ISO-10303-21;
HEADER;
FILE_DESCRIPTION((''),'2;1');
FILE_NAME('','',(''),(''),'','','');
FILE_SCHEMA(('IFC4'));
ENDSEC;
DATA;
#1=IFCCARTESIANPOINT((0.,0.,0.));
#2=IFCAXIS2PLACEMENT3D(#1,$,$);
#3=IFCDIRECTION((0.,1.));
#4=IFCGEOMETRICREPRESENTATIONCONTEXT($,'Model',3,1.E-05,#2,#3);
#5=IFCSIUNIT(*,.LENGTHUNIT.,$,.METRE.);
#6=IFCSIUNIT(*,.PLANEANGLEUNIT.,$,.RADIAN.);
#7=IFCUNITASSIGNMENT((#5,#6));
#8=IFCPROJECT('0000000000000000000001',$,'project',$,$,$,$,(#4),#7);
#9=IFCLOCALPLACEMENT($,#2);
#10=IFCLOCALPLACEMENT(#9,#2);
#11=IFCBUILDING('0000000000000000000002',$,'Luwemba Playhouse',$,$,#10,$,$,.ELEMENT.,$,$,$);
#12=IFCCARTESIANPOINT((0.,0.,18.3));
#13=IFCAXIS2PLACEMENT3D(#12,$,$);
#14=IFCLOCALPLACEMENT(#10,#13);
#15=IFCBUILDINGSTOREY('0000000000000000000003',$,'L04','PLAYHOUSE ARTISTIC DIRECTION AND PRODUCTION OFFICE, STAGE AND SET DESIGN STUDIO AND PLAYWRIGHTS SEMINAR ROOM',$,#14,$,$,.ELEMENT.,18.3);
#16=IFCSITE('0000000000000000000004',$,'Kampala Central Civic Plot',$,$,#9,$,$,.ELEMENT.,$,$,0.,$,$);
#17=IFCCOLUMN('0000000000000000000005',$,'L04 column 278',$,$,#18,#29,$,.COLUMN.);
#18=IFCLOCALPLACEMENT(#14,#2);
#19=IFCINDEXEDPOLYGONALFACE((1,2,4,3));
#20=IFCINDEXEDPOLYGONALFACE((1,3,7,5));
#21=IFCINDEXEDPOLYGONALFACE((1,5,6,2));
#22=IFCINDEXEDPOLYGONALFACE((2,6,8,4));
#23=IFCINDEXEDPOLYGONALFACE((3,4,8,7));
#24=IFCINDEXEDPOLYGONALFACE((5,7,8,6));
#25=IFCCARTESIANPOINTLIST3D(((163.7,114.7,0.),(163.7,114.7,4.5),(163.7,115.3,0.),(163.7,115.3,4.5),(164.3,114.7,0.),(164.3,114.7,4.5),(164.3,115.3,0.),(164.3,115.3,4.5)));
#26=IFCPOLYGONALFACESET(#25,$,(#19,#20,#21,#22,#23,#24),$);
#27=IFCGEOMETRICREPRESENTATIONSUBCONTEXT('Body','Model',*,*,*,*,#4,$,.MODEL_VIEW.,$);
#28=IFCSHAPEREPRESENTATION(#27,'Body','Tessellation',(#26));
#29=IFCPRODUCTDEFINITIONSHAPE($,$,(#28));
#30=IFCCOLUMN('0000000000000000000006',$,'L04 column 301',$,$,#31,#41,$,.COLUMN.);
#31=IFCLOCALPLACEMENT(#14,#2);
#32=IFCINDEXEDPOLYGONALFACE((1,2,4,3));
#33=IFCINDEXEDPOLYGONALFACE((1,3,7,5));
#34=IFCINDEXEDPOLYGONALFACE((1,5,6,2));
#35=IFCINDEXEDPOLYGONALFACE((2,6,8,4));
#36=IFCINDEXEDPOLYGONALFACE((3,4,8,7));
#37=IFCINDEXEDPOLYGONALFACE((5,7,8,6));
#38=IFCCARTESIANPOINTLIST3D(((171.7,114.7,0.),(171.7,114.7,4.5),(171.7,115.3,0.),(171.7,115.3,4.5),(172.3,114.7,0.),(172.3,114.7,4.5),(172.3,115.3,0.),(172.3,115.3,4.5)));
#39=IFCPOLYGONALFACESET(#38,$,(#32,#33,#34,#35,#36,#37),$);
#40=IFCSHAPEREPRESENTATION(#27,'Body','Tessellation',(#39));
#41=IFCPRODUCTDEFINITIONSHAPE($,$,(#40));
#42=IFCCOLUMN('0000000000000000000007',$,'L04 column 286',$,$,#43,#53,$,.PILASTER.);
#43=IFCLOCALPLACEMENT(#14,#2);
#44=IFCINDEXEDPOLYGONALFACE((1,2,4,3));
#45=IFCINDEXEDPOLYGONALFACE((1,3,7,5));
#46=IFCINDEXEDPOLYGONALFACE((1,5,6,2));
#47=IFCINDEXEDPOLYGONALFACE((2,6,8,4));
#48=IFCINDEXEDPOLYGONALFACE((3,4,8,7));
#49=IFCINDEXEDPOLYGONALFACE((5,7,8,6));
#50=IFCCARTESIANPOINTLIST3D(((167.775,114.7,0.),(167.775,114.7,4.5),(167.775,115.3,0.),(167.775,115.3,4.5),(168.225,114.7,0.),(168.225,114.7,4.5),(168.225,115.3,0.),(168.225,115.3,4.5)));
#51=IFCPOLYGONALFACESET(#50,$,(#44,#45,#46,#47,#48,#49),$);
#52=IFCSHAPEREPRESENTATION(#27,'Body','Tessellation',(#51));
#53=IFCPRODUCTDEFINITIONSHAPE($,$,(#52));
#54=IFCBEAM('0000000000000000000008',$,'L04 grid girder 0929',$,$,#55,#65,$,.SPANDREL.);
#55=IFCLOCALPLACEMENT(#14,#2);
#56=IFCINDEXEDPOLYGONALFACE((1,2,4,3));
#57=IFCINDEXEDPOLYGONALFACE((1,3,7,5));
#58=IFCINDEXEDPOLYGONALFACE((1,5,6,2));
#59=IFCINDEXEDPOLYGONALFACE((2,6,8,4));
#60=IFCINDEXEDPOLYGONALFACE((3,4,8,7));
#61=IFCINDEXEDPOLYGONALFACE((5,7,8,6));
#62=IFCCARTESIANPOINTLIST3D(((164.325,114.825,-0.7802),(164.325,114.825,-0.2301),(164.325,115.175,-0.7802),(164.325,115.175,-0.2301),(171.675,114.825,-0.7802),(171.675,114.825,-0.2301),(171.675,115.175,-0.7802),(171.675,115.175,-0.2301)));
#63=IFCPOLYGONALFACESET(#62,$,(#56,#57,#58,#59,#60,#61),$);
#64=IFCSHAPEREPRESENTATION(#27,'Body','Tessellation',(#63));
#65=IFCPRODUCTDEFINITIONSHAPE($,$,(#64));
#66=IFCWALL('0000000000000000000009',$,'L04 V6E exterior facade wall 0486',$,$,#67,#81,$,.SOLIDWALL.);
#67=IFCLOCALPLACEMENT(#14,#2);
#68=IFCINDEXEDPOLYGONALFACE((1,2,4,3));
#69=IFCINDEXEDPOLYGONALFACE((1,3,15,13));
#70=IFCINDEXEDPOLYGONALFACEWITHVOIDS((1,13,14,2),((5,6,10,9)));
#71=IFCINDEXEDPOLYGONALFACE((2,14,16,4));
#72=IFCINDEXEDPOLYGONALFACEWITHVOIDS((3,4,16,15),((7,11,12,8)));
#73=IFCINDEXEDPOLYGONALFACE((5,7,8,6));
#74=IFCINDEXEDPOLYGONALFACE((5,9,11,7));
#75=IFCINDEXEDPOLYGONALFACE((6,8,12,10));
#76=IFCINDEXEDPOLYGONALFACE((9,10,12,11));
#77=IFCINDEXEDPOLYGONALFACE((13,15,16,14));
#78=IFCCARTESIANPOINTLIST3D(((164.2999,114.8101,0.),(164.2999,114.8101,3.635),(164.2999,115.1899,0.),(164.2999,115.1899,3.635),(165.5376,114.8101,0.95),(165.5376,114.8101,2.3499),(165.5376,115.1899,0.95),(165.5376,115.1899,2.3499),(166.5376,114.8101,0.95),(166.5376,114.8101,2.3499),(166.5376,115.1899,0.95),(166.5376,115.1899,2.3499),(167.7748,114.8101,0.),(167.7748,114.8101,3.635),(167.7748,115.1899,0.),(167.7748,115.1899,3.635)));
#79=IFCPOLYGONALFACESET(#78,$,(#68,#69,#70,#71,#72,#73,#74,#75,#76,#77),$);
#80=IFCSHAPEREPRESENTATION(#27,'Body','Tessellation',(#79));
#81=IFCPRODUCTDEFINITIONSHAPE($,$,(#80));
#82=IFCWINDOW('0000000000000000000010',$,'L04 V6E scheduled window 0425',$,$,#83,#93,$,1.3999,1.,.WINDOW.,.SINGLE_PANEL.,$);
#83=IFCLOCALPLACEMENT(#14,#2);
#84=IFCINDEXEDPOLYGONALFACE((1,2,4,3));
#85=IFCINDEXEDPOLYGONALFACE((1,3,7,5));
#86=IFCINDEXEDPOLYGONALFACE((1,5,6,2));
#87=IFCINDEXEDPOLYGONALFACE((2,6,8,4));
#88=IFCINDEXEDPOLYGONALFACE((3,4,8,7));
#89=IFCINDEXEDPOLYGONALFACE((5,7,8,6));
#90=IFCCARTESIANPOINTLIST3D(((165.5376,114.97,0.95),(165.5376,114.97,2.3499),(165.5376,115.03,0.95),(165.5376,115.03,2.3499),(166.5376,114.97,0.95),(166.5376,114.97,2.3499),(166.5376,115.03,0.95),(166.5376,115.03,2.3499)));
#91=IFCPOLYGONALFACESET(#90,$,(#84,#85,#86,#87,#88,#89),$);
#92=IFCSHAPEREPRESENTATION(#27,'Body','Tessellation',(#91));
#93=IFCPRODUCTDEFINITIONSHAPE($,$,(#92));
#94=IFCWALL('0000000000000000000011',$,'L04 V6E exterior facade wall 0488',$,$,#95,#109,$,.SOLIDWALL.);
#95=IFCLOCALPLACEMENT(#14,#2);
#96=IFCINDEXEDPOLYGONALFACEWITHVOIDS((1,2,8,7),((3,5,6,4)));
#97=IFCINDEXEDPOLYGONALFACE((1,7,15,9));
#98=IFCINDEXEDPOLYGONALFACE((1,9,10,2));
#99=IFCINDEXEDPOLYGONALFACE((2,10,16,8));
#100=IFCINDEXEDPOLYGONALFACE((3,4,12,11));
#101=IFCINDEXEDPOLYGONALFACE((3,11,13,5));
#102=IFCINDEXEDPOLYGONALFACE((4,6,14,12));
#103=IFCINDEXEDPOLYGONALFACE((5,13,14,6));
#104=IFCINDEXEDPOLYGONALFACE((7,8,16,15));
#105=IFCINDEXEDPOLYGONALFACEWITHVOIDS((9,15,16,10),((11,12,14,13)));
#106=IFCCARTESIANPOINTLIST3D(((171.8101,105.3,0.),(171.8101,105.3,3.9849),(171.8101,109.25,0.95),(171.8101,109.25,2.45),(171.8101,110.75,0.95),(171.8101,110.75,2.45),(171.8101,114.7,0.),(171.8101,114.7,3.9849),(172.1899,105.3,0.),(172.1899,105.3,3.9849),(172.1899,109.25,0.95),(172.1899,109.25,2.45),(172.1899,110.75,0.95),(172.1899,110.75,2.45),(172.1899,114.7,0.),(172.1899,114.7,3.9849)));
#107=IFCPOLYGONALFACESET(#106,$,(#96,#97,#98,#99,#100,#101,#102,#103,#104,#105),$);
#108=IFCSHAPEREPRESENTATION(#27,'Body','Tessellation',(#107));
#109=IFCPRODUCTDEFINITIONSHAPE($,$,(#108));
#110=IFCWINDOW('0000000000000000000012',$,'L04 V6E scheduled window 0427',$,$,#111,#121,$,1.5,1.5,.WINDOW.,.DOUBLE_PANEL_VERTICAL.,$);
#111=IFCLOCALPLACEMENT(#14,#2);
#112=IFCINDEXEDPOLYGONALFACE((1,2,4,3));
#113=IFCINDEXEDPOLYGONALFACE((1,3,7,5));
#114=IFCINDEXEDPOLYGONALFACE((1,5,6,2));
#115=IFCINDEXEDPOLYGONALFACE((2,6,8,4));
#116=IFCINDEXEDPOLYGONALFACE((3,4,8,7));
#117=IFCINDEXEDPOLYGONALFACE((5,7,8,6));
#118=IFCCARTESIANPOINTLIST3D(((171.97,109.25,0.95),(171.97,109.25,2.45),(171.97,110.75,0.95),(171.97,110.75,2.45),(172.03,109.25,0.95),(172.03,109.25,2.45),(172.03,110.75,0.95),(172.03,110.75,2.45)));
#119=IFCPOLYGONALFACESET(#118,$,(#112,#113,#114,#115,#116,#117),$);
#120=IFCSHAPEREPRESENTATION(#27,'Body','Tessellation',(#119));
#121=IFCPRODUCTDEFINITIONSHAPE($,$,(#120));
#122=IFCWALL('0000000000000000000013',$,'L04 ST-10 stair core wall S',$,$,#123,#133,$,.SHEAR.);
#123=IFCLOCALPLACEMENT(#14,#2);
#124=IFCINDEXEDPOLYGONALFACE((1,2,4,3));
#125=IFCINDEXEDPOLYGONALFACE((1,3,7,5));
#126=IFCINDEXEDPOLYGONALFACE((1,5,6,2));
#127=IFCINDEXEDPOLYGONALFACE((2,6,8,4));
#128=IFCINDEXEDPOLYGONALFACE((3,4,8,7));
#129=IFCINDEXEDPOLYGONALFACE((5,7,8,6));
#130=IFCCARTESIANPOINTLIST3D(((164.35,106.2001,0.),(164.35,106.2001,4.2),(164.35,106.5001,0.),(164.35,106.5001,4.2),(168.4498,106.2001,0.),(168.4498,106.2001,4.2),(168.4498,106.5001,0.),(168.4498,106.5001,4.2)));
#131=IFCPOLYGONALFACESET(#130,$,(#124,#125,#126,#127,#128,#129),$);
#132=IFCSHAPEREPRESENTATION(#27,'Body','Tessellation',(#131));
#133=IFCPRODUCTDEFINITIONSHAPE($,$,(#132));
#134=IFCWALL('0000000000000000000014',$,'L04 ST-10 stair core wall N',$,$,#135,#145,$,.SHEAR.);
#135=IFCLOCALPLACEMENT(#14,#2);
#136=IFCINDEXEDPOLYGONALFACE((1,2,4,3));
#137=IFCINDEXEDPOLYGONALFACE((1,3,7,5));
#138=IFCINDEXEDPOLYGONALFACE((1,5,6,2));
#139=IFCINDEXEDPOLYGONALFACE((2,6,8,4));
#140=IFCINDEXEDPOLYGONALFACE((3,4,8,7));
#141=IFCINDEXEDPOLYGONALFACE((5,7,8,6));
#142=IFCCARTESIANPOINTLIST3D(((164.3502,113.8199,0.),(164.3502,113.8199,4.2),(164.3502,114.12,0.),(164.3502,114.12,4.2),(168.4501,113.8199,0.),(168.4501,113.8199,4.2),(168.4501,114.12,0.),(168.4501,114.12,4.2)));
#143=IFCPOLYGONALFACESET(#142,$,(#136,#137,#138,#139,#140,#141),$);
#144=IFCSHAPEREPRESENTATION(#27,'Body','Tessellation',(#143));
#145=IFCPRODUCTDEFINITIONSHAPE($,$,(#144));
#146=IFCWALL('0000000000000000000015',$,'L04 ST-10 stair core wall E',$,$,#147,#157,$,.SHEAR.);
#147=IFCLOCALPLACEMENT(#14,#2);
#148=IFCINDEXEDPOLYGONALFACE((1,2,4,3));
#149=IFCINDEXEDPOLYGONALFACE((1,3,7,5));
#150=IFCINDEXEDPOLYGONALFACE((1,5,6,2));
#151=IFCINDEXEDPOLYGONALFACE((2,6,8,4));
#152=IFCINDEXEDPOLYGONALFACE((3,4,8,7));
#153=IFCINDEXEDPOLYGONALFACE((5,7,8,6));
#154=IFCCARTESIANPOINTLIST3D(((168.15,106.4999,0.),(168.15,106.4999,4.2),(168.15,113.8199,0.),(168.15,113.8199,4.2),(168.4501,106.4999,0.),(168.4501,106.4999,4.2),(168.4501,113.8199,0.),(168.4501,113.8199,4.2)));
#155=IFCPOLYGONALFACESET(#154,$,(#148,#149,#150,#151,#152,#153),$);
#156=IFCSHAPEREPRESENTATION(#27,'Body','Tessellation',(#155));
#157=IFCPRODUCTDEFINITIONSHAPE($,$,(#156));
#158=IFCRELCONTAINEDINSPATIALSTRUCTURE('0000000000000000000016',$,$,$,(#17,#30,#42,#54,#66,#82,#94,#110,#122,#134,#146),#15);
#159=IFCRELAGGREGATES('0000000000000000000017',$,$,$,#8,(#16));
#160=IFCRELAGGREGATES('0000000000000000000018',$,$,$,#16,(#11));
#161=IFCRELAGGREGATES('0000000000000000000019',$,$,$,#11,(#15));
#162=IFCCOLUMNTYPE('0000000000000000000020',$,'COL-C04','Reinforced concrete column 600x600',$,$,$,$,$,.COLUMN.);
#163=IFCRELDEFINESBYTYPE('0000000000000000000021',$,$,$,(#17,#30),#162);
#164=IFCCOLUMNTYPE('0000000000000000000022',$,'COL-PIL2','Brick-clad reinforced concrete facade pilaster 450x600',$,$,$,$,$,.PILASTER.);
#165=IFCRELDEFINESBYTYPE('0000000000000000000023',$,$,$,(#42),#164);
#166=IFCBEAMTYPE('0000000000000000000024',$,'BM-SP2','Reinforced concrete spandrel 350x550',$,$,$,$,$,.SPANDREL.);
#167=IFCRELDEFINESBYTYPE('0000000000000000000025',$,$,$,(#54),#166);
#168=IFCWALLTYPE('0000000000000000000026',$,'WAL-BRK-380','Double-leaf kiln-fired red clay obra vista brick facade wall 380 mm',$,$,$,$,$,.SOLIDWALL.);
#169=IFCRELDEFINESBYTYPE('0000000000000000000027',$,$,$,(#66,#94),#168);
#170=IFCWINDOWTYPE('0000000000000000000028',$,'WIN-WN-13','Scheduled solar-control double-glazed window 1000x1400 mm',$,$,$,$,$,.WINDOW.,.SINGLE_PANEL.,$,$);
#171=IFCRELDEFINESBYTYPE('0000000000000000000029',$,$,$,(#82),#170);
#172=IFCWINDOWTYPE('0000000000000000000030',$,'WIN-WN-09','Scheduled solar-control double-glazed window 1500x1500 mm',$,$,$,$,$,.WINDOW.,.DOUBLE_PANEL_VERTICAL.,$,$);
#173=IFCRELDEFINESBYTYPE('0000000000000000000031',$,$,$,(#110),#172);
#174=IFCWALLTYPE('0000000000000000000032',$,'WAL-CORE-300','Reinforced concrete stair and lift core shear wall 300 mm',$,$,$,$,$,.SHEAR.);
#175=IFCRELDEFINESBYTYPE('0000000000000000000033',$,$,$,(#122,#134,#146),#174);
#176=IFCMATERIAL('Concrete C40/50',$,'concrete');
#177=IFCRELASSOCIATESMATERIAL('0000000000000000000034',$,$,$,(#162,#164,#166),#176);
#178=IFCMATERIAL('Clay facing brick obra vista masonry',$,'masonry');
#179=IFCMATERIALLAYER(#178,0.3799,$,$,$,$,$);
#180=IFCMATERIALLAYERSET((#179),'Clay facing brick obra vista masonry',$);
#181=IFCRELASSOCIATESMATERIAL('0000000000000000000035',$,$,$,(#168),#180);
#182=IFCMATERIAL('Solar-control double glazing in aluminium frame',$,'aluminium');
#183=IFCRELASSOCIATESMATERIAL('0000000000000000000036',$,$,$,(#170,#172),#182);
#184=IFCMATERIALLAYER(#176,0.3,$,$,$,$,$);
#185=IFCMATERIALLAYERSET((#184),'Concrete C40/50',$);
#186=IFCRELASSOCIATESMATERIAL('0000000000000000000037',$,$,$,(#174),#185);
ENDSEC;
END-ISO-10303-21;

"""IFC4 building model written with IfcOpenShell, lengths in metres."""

from ifc_helpers import new_model, si_unit, direction, frame, frame_2d, origin, origin_2d, place, context, subcontext, project, spatial, rectangle, extrude, material, layer, layer_set, material_profile, profile_set, type_object, element, fill, save


model = new_model("IFC4")

# Units and contexts
model_context = context("Model", 3, precision=1e-05, world=origin(), true_north=direction((0.0, 1.0)))
body_context = subcontext(model_context, "Body", "Model", "MODEL_VIEW")
ifc_project = project(units=[si_unit("LENGTHUNIT", "METRE"), si_unit("PLANEANGLEUNIT", "RADIAN")], contexts=[model_context])

# Site, building, storey
site_placement = place(None, origin())
site = spatial("IfcSite", under=ifc_project, at=site_placement, Name="Kampala Central Civic Plot", CompositionType="ELEMENT", RefElevation=0.0)
building_placement = place(site_placement, origin())
building = spatial("IfcBuilding", under=site, at=building_placement, Name="Luwemba Playhouse", CompositionType="ELEMENT")
storey_placement = place(building_placement, frame((0.0, 0.0, 18.3)))
storey = spatial("IfcBuildingStorey", under=building, at=storey_placement, Name="L04", Description="PLAYHOUSE ARTISTIC DIRECTION AND PRODUCTION OFFICE, STAGE AND SET DESIGN STUDIO AND PLAYWRIGHTS SEMINAR ROOM", CompositionType="ELEMENT", Elevation=18.3)

# Columns
ifc_material_1 = material(Name="Concrete C40/50", Category="concrete")
ifc_material_profile_1 = material_profile(ifc_material_1, rectangle(XDim=0.6001, YDim=0.6001, at=origin_2d()))
ifc_profile_set_1 = profile_set([ifc_material_profile_1], Name="Concrete C40/50")
column_type_1 = type_object("IfcColumnType", Name="COL-C04", Description="Reinforced concrete column 600x600", PredefinedType="COLUMN", material=ifc_profile_set_1)
for number, where, z_axis, x_axis, name in (
    (1, (164.0, 115.0, 0.0), (0.0, 0.0, 1.0), (1.0, 0.0, 0.0), "L04 column 278"),
    (2, (172.0, 115.0, 0.0), (0.0, 0.0, 1.0), (1.0, 0.0, 0.0), "L04 column 301"),
):
    element("IfcColumn", number, at=place(storey_placement, frame(where, z_axis=z_axis, x_axis=x_axis)), inside=storey, type_object=column_type_1, Name=name, PredefinedType="COLUMN", context=body_context, shape_type="SweptSolid", body=[
        extrude(rectangle(XDim=0.6001, YDim=0.6001, at=origin_2d()), origin(), (0.0, 0.0, 1.0), 4.5),
    ])
ifc_material_profile_2 = material_profile(ifc_material_1, rectangle(XDim=0.45, YDim=0.6001, at=origin_2d()))
ifc_profile_set_2 = profile_set([ifc_material_profile_2], Name="Concrete C40/50")
column_type_2 = type_object("IfcColumnType", Name="COL-PIL2", Description="Brick-clad reinforced concrete facade pilaster 450x600", PredefinedType="PILASTER", material=ifc_profile_set_2)
column_placement = place(storey_placement, frame((168.0, 115.0, 0.0), z_axis=(0.0, 0.0, 1.0), x_axis=(1.0, 0.0, 0.0)))
element("IfcColumn", 3, at=column_placement, inside=storey, type_object=column_type_2, Name="L04 column 286", PredefinedType="PILASTER", context=body_context, shape_type="SweptSolid", body=[
    extrude(rectangle(XDim=0.45, YDim=0.6001, at=origin_2d()), origin(), (0.0, 0.0, 1.0), 4.5),
])

# Beam
ifc_material_profile_3 = material_profile(ifc_material_1, rectangle(XDim=0.3501, YDim=0.55, at=origin_2d()))
ifc_profile_set_3 = profile_set([ifc_material_profile_3], Name="Concrete C40/50")
beam_type = type_object("IfcBeamType", Name="BM-SP2", Description="Reinforced concrete spandrel 350x550", PredefinedType="SPANDREL", material=ifc_profile_set_3)
beam_placement = place(storey_placement, frame((164.325, 115.0, -0.5051), z_axis=(1.0, 0.0, 0.0), x_axis=(0.0, 1.0, 0.0)))
element("IfcBeam", 4, at=beam_placement, inside=storey, type_object=beam_type, Name="L04 grid girder 0929", PredefinedType="SPANDREL", context=body_context, shape_type="SweptSolid", body=[
    extrude(rectangle(XDim=0.3501, YDim=0.55, at=origin_2d()), origin(), (0.0, 0.0, 1.0), 7.3501),
])

# Walls, openings, windows
ifc_material_2 = material(Name="Clay facing brick obra vista masonry", Category="masonry")
ifc_layer_1 = layer(ifc_material_2, 0.3799)
ifc_layer_set_1 = layer_set([ifc_layer_1], Name="Clay facing brick obra vista masonry")
wall_type_1 = type_object("IfcWallType", Name="WAL-BRK-380", Description="Double-leaf kiln-fired red clay obra vista brick facade wall 380 mm", PredefinedType="SOLIDWALL", material=ifc_layer_set_1)
wall_1_placement = place(storey_placement, frame((164.3, 115.0, 0.0), z_axis=(0.0, 0.0, 1.0), x_axis=(1.0, 0.0, 0.0)))
wall_1 = element("IfcWall", 5, at=wall_1_placement, inside=storey, type_object=wall_type_1, Name="L04 V6E exterior facade wall 0486", PredefinedType="SOLIDWALL", context=body_context, shape_type="SweptSolid", body=[
    extrude(rectangle(XDim=3.4749, YDim=0.3799, at=frame_2d((1.7373, 0.0))), origin(), (0.0, 0.0, 1.0), 3.635),
])
opening_1_placement = place(wall_1_placement, frame((1.2375, 0.0, 0.95)))
opening_1 = element("IfcOpeningElement", 6, at=opening_1_placement, cuts=wall_1, PredefinedType="OPENING", context=body_context, shape_type="SweptSolid", body=[
    extrude(rectangle(XDim=1.0, YDim=1.3999, at=frame_2d((0.5, 0.7))), frame((0.0, 0.2, 0.0), z_axis=(0.0, -1.0, 0.0), x_axis=(1.0, 0.0, 0.0)), (0.0, 0.0, 1.0), 0.3999),
])
ifc_material_3 = material(Name="Solar-control double glazing in aluminium frame", Category="aluminium")
window_type_1 = type_object("IfcWindowType", Name="WIN-WN-13", Description="Scheduled solar-control double-glazed window 1000x1400 mm", PartitioningType="SINGLE_PANEL", PredefinedType="WINDOW", material=ifc_material_3)
window_1_placement = place(opening_1_placement, origin())
window_1 = element("IfcWindow", 7, at=window_1_placement, inside=storey, type_object=window_type_1, Name="L04 V6E scheduled window 0425", OverallHeight=1.3999, OverallWidth=1.0, PartitioningType="SINGLE_PANEL", PredefinedType="WINDOW", context=body_context, shape_type="SweptSolid", body=[
    extrude(rectangle(XDim=1.0, YDim=1.3999, at=frame_2d((0.5, 0.7))), frame((0.0, 0.03, 0.0), z_axis=(0.0, -1.0, 0.0), x_axis=(1.0, 0.0, 0.0)), (0.0, 0.0, 1.0), 0.0601),
])
fill(opening_1, window_1)
wall_2_placement = place(storey_placement, frame((172.0, 114.7, 0.0), z_axis=(0.0, 0.0, 1.0), x_axis=(0.0, -1.0, 0.0)))
wall_2 = element("IfcWall", 8, at=wall_2_placement, inside=storey, type_object=wall_type_1, Name="L04 V6E exterior facade wall 0488", PredefinedType="SOLIDWALL", context=body_context, shape_type="SweptSolid", body=[
    extrude(rectangle(XDim=9.3999, YDim=0.3799, at=frame_2d((4.7, 0.0))), origin(), (0.0, 0.0, 1.0), 3.9849),
])
opening_2_placement = place(wall_2_placement, frame((3.95, 0.0, 0.95)))
opening_2 = element("IfcOpeningElement", 9, at=opening_2_placement, cuts=wall_2, PredefinedType="OPENING", context=body_context, shape_type="SweptSolid", body=[
    extrude(rectangle(XDim=1.5, YDim=1.5, at=frame_2d((0.75, 0.75))), frame((0.0, 0.2, 0.0), z_axis=(0.0, -1.0, 0.0), x_axis=(1.0, 0.0, 0.0)), (0.0, 0.0, 1.0), 0.3999),
])
window_type_2 = type_object("IfcWindowType", Name="WIN-WN-09", Description="Scheduled solar-control double-glazed window 1500x1500 mm", PartitioningType="DOUBLE_PANEL_VERTICAL", PredefinedType="WINDOW", material=ifc_material_3)
window_2_placement = place(opening_2_placement, origin())
window_2 = element("IfcWindow", 10, at=window_2_placement, inside=storey, type_object=window_type_2, Name="L04 V6E scheduled window 0427", OverallHeight=1.5, OverallWidth=1.5, PartitioningType="DOUBLE_PANEL_VERTICAL", PredefinedType="WINDOW", context=body_context, shape_type="SweptSolid", body=[
    extrude(rectangle(XDim=1.5, YDim=1.5, at=frame_2d((0.75, 0.75))), frame((0.0, 0.03, 0.0), z_axis=(0.0, -1.0, 0.0), x_axis=(1.0, 0.0, 0.0)), (0.0, 0.0, 1.0), 0.0601),
])
fill(opening_2, window_2)

# Walls
ifc_layer_2 = layer(ifc_material_1, 0.3)
ifc_layer_set_2 = layer_set([ifc_layer_2], Name="Concrete C40/50")
wall_type_2 = type_object("IfcWallType", Name="WAL-CORE-300", Description="Reinforced concrete stair and lift core shear wall 300 mm", PredefinedType="SHEAR", material=ifc_layer_set_2)
for number, where, z_axis, x_axis, name in (
    (11, (164.3501, 106.3501, 0.0), (0.0, 0.0, 1.0), (1.0, 0.0, 0.0), "L04 ST-10 stair core wall S"),
    (12, (168.45, 113.97, 0.0), (0.0, 0.0, 1.0), (-1.0, 0.0, 0.0), "L04 ST-10 stair core wall N"),
):
    element("IfcWall", number, at=place(storey_placement, frame(where, z_axis=z_axis, x_axis=x_axis)), inside=storey, type_object=wall_type_2, Name=name, PredefinedType="SHEAR", context=body_context, shape_type="SweptSolid", body=[
        extrude(rectangle(XDim=4.0999, YDim=0.3, at=frame_2d((2.0498, 0.0))), origin(), (0.0, 0.0, 1.0), 4.2),
    ])

# Wall
wall_3_placement = place(storey_placement, frame((168.3, 113.8201, 0.0), z_axis=(0.0, 0.0, 1.0), x_axis=(0.0, -1.0, 0.0)))
element("IfcWall", 13, at=wall_3_placement, inside=storey, type_object=wall_type_2, Name="L04 ST-10 stair core wall E", PredefinedType="SHEAR", context=body_context, shape_type="SweptSolid", body=[
    extrude(rectangle(XDim=7.3201, YDim=0.3, at=frame_2d((3.6602, 0.0))), origin(), (0.0, 0.0, 1.0), 4.2),
])

save(model, "model.ifc")
